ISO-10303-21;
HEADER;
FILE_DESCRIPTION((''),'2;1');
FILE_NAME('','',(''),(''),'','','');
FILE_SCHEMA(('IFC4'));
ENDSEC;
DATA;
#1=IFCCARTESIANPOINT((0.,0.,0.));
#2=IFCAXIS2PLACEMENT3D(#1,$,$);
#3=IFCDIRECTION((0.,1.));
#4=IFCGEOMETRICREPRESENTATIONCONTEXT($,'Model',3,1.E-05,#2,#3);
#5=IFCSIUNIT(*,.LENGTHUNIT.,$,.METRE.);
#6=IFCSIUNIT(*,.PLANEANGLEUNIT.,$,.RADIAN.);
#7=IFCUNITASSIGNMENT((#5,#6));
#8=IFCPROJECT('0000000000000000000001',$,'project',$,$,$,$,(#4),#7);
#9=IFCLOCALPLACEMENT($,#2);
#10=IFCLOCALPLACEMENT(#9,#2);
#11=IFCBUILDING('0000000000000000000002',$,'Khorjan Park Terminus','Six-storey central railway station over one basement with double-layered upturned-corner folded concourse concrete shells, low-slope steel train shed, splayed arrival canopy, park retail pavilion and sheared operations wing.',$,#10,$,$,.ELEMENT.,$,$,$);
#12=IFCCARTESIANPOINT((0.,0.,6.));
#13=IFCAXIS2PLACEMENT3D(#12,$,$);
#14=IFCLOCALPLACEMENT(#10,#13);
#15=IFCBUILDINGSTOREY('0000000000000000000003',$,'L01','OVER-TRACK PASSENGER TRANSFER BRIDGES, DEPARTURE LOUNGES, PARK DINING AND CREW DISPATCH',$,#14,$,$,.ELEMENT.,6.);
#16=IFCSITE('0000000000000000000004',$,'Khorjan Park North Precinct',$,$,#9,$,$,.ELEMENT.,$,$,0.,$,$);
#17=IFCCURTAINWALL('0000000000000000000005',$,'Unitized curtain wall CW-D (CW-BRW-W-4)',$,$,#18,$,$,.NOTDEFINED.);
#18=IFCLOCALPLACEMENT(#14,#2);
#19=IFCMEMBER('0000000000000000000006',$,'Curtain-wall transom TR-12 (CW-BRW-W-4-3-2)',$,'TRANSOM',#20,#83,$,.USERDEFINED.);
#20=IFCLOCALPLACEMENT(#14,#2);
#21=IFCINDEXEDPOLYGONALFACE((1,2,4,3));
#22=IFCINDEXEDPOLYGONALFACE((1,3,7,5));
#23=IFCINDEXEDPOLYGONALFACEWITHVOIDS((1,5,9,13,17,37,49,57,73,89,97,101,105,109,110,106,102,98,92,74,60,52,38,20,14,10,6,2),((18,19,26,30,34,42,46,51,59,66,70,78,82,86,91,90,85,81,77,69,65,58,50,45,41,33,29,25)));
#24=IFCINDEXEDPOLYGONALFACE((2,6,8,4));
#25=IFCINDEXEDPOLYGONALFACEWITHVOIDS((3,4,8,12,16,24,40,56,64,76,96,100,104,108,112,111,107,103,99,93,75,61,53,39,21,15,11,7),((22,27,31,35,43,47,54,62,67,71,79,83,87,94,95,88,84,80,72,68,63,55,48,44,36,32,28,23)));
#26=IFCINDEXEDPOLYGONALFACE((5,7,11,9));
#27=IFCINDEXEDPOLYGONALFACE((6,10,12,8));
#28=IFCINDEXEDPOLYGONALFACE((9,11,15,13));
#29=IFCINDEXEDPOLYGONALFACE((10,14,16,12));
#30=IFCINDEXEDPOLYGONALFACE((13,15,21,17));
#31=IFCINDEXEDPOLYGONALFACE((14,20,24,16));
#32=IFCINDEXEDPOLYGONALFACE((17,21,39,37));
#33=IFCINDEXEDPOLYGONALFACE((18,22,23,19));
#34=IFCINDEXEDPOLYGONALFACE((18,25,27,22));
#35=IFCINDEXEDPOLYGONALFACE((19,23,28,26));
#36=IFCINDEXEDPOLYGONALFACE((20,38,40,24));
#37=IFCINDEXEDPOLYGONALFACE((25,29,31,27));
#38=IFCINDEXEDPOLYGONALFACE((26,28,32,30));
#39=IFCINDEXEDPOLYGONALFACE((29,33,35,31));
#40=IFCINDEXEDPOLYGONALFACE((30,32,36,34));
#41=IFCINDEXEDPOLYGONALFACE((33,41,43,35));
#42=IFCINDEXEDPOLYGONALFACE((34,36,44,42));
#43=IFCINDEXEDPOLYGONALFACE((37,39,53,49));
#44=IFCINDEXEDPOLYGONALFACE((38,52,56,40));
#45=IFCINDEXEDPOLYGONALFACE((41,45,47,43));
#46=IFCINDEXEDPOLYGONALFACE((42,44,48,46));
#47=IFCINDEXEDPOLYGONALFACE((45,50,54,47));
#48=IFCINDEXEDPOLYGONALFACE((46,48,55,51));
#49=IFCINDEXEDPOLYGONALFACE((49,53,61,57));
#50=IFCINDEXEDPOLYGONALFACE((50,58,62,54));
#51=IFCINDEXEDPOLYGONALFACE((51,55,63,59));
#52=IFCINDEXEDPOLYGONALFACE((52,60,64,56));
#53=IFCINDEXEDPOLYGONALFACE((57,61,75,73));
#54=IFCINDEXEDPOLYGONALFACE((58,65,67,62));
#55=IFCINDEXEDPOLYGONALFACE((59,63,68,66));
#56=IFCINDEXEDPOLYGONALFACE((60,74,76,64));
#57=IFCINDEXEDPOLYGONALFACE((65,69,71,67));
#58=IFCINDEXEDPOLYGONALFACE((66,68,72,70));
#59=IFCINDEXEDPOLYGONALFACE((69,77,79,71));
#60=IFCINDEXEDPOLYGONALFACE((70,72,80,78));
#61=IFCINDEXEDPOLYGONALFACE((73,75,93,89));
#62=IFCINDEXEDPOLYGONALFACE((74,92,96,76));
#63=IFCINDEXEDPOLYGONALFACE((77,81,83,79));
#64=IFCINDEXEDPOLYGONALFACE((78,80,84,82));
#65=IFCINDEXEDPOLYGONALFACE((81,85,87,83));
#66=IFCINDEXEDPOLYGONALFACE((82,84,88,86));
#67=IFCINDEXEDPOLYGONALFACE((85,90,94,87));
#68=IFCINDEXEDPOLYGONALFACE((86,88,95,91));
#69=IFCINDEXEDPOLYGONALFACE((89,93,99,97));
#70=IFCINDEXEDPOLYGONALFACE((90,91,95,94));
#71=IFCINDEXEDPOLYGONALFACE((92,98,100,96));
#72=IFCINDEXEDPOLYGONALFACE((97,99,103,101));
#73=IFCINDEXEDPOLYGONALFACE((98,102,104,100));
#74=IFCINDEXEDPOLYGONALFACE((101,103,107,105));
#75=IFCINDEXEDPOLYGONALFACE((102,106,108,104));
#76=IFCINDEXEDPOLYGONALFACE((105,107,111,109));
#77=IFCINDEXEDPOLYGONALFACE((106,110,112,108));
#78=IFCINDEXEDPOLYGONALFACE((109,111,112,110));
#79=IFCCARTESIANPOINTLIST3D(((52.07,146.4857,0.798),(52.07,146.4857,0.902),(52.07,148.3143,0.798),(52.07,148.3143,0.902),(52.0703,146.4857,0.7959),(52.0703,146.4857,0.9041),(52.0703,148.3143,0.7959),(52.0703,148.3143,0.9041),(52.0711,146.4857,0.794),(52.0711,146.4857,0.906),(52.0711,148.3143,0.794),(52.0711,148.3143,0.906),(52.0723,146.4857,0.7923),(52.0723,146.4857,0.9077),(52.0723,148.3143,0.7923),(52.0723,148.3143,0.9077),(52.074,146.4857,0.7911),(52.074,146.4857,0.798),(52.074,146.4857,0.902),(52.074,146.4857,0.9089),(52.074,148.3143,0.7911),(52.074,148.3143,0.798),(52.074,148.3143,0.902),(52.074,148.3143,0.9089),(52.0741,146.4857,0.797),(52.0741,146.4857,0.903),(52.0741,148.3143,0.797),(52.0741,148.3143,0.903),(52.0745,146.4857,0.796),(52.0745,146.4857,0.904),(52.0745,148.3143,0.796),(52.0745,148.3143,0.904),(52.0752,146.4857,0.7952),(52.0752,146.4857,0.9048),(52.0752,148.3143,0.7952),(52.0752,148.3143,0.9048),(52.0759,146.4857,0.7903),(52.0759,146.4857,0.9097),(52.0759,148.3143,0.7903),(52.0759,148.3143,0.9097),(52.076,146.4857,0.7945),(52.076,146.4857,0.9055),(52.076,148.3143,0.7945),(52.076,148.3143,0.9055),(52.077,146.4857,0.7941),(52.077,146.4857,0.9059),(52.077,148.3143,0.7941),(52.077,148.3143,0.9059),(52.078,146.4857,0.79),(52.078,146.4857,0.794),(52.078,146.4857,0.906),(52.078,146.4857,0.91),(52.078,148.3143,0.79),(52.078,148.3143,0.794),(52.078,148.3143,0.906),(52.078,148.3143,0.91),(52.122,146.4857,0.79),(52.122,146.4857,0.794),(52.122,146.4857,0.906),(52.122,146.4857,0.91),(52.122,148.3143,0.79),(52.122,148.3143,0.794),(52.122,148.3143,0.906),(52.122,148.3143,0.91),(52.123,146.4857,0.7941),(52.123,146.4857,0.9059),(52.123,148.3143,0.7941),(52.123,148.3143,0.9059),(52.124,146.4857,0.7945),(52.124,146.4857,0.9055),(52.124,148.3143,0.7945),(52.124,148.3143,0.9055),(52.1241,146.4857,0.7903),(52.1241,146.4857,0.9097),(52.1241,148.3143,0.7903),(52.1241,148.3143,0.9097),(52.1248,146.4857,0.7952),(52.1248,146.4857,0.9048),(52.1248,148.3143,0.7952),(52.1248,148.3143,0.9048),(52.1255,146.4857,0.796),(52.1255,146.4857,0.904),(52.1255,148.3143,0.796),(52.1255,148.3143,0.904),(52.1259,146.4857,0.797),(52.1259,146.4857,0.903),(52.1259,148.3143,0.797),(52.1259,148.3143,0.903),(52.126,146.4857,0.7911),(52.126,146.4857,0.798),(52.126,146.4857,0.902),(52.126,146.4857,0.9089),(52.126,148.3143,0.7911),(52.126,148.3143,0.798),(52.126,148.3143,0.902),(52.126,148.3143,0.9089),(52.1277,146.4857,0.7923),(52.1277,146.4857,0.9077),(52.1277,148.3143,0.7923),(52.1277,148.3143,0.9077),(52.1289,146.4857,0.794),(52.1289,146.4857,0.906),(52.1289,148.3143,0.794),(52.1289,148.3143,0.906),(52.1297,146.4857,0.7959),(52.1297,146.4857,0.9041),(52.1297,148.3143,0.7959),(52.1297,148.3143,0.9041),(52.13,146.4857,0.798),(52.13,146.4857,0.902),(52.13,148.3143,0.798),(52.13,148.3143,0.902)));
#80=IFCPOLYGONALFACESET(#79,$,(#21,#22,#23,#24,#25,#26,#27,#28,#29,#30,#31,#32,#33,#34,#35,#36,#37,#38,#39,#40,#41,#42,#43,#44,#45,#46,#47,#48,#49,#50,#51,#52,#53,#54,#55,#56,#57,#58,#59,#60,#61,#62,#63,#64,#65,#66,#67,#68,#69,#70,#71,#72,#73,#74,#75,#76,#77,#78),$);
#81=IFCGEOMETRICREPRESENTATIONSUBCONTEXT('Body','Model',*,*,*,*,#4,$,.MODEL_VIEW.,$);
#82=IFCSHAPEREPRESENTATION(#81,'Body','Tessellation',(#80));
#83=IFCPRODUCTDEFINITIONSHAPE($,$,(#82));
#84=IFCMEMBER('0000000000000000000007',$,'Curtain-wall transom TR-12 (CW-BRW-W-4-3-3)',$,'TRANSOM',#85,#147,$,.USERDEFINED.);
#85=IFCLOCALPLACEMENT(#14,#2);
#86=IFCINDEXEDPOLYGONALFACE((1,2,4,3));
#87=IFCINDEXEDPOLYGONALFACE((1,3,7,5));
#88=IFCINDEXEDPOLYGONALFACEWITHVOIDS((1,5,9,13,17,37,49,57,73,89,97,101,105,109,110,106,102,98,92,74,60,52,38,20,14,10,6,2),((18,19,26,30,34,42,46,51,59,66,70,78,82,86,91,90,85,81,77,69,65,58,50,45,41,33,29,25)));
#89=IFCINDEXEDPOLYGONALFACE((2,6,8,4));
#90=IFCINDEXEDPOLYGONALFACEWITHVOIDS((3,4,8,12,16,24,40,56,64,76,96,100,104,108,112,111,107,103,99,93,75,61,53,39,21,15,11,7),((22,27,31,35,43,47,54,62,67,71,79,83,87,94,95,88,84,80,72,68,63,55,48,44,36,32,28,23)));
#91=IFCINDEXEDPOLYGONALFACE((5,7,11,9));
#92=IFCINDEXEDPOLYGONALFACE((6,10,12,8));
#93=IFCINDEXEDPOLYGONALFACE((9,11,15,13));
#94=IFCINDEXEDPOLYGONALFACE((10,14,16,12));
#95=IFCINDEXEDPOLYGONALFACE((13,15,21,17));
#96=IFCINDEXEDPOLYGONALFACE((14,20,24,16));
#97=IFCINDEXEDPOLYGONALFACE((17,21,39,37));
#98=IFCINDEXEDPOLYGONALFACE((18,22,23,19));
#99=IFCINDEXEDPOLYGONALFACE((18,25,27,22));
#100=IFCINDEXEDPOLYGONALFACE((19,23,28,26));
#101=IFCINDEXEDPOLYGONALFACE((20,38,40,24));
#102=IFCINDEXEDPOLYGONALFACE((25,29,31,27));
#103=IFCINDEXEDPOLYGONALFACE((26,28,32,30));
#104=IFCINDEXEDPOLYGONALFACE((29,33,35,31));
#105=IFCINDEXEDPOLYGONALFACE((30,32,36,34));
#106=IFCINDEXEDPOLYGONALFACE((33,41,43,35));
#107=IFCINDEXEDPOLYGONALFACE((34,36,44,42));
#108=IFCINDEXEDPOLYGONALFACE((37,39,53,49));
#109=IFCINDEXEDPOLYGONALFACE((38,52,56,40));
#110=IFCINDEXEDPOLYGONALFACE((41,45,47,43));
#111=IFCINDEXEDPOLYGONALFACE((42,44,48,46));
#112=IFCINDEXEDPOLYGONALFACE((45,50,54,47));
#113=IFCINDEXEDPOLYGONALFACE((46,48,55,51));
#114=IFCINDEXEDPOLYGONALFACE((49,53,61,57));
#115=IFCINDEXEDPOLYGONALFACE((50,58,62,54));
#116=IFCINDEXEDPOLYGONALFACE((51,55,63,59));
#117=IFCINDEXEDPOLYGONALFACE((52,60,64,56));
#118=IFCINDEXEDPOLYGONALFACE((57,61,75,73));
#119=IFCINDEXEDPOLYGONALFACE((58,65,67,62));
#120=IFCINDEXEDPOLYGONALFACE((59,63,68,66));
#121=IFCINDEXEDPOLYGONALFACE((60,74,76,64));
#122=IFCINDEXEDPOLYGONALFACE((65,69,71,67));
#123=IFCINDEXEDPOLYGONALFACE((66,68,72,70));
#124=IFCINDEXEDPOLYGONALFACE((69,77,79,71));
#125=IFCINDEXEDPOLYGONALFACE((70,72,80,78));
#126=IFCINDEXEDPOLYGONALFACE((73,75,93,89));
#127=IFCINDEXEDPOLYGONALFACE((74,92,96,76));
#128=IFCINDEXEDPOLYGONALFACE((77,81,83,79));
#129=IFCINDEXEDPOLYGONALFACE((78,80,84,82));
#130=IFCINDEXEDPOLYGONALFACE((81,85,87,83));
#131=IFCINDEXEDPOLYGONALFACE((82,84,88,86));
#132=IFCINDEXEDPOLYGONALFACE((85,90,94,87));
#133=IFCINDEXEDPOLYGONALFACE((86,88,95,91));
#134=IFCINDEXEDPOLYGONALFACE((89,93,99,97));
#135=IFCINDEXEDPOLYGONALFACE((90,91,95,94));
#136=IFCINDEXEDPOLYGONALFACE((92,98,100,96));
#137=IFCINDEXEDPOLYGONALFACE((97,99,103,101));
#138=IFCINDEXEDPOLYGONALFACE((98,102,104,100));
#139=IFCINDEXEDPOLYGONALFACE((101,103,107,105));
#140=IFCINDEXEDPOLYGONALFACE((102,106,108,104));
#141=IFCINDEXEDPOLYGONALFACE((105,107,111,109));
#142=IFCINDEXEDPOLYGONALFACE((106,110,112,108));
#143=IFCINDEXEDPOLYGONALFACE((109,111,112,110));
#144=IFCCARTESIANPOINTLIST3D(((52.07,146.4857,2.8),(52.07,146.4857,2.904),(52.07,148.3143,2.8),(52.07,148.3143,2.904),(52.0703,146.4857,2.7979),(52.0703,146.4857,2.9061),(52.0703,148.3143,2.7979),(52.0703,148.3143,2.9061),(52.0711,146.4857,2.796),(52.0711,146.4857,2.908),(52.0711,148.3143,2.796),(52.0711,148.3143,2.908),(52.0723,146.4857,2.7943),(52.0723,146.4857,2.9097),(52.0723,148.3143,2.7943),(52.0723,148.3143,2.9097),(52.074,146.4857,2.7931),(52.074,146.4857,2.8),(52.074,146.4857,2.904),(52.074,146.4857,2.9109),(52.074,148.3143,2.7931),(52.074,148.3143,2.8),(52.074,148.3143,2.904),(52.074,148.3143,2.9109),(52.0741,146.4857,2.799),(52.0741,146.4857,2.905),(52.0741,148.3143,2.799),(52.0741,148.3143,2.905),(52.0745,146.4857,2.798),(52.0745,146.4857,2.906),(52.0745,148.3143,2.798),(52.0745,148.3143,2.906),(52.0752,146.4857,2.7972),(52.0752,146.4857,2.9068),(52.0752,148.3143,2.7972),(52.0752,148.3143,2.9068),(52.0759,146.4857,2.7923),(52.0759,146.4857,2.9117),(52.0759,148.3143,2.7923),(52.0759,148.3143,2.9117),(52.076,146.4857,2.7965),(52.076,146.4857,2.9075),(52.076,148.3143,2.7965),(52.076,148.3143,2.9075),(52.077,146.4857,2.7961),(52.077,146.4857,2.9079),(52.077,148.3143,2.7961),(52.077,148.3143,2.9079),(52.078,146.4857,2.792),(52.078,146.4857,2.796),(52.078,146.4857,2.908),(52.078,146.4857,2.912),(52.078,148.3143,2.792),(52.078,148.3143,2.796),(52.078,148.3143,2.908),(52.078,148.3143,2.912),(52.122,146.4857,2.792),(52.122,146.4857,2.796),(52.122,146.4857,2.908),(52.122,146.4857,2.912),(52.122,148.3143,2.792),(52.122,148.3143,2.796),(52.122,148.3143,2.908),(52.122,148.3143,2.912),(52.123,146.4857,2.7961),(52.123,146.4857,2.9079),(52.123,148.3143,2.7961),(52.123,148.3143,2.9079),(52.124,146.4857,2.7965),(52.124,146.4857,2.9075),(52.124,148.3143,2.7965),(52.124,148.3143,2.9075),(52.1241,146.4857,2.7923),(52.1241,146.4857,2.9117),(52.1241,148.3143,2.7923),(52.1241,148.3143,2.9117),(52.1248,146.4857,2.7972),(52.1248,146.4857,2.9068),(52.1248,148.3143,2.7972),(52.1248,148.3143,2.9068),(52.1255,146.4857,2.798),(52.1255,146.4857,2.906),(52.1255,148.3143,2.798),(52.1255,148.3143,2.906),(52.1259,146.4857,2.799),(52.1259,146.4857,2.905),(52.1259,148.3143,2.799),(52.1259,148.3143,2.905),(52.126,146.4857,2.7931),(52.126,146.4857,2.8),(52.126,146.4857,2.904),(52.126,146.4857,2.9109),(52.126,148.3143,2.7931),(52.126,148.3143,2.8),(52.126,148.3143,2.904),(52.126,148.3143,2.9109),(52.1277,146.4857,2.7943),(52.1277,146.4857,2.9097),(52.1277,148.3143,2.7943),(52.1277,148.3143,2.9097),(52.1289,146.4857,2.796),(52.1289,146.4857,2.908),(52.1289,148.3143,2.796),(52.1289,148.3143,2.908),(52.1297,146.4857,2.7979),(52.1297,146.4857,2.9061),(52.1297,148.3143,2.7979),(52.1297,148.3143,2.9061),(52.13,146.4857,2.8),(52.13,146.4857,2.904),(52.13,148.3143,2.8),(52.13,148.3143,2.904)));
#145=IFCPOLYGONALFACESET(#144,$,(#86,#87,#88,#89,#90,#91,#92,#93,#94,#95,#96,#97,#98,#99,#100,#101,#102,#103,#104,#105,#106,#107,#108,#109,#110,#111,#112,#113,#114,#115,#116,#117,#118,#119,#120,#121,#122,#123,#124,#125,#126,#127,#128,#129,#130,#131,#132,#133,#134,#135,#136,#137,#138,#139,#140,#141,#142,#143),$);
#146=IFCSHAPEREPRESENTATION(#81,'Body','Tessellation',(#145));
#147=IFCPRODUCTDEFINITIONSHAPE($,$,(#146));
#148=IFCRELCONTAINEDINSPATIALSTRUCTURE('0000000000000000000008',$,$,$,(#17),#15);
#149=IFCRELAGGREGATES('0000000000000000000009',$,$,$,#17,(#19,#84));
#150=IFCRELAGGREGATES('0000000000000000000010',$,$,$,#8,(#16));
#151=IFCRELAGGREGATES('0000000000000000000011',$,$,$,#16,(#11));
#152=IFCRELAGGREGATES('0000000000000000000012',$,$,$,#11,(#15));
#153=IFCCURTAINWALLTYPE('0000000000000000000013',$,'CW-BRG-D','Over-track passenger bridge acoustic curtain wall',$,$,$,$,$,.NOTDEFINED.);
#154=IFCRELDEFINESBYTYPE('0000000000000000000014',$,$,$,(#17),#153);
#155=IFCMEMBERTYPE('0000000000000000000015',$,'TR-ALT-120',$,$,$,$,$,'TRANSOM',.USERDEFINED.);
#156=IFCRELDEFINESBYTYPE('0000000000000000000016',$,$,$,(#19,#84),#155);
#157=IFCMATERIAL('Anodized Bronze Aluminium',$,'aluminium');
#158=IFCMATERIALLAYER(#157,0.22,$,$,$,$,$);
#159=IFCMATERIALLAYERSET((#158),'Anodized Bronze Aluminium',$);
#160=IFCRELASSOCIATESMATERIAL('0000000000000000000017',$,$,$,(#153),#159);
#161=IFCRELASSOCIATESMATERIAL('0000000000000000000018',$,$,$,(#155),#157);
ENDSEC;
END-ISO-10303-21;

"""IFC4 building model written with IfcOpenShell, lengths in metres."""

from ifc_helpers import new_model, si_unit, direction, frame, origin, origin_2d, place, context, subcontext, project, spatial, hollow_rectangle, extrude, material, layer, layer_set, material_profile, profile_set, type_object, element, aggregate, save


model = new_model("IFC4")

# Units and contexts
model_context = context("Model", 3, precision=1e-05, world=origin(), true_north=direction((0.0, 1.0)))
body_context = subcontext(model_context, "Body", "Model", "MODEL_VIEW")
ifc_project = project(units=[si_unit("LENGTHUNIT", "METRE"), si_unit("PLANEANGLEUNIT", "RADIAN")], contexts=[model_context])

# Site, building, storey
site_placement = place(None, origin())
site = spatial("IfcSite", under=ifc_project, at=site_placement, Name="Khorjan Park North Precinct", CompositionType="ELEMENT", RefElevation=0.0)
building_placement = place(site_placement, origin())
building = spatial("IfcBuilding", under=site, at=building_placement, Name="Khorjan Park Terminus", Description="Six-storey central railway station over one basement with double-layered upturned-corner folded concourse concrete shells, low-slope steel train shed, splayed arrival canopy, park retail pavilion and sheared operations wing.", CompositionType="ELEMENT")
storey_placement = place(building_placement, frame((0.0, 0.0, 6.0)))
storey = spatial("IfcBuildingStorey", under=building, at=storey_placement, Name="L01", Description="OVER-TRACK PASSENGER TRANSFER BRIDGES, DEPARTURE LOUNGES, PARK DINING AND CREW DISPATCH", CompositionType="ELEMENT", Elevation=6.0)

# Curtain wall, members
ifc_material_1 = material(Name="Anodized Bronze Aluminium", Category="aluminium")
ifc_layer_1 = layer(ifc_material_1, 0.22)
ifc_layer_set_1 = layer_set([ifc_layer_1], Name="Anodized Bronze Aluminium")
curtain_wall_type = type_object("IfcCurtainWallType", Name="CW-BRG-D", Description="Over-track passenger bridge acoustic curtain wall", PredefinedType="NOTDEFINED", material=ifc_layer_set_1)
curtain_wall_placement = place(storey_placement, origin())
curtain_wall = element("IfcCurtainWall", 1, at=curtain_wall_placement, inside=storey, type_object=curtain_wall_type, Name="Unitized curtain wall CW-D (CW-BRW-W-4)", PredefinedType="NOTDEFINED")
ifc_material_profile_1 = material_profile(ifc_material_1, hollow_rectangle(XDim=0.06, YDim=0.12, WallThickness=0.004, InnerFilletRadius=0.004, OuterFilletRadius=0.008, at=origin_2d()), Name="ALT 60x120x4")
ifc_profile_set_1 = profile_set([ifc_material_profile_1], Name="Anodized Bronze Aluminium")
member_type_1 = type_object("IfcMemberType", Name="TR-ALT-120", ElementType="TRANSOM", PredefinedType="USERDEFINED", material=ifc_profile_set_1)
member_1_placement = place(storey_placement, frame((52.1, 148.3143, 0.85), z_axis=(0.0, -1.0, 0.0), x_axis=(1.0, 0.0, 0.0)))
member_1 = element("IfcMember", 2, at=member_1_placement, type_object=member_type_1, Name="Curtain-wall transom TR-12 (CW-BRW-W-4-3-2)", ObjectType="TRANSOM", PredefinedType="USERDEFINED", context=body_context, shape_type="SweptSolid", body=[
    extrude(hollow_rectangle(XDim=0.06, YDim=0.12, WallThickness=0.004, InnerFilletRadius=0.004, OuterFilletRadius=0.008, at=origin_2d()), origin(), (0.0, 0.0, 1.0), 1.8286),
])
member_2_placement = place(storey_placement, frame((52.1, 148.3143, 2.852), z_axis=(0.0, -1.0, 0.0), x_axis=(1.0, 0.0, 0.0)))
member_2 = element("IfcMember", 3, at=member_2_placement, type_object=member_type_1, Name="Curtain-wall transom TR-12 (CW-BRW-W-4-3-3)", ObjectType="TRANSOM", PredefinedType="USERDEFINED", context=body_context, shape_type="SweptSolid", body=[
    extrude(hollow_rectangle(XDim=0.06, YDim=0.12, WallThickness=0.004, InnerFilletRadius=0.004, OuterFilletRadius=0.008, at=origin_2d()), origin(), (0.0, 0.0, 1.0), 1.8286),
])
aggregate(curtain_wall, [member_1, member_2])

save(model, "model.ifc")
